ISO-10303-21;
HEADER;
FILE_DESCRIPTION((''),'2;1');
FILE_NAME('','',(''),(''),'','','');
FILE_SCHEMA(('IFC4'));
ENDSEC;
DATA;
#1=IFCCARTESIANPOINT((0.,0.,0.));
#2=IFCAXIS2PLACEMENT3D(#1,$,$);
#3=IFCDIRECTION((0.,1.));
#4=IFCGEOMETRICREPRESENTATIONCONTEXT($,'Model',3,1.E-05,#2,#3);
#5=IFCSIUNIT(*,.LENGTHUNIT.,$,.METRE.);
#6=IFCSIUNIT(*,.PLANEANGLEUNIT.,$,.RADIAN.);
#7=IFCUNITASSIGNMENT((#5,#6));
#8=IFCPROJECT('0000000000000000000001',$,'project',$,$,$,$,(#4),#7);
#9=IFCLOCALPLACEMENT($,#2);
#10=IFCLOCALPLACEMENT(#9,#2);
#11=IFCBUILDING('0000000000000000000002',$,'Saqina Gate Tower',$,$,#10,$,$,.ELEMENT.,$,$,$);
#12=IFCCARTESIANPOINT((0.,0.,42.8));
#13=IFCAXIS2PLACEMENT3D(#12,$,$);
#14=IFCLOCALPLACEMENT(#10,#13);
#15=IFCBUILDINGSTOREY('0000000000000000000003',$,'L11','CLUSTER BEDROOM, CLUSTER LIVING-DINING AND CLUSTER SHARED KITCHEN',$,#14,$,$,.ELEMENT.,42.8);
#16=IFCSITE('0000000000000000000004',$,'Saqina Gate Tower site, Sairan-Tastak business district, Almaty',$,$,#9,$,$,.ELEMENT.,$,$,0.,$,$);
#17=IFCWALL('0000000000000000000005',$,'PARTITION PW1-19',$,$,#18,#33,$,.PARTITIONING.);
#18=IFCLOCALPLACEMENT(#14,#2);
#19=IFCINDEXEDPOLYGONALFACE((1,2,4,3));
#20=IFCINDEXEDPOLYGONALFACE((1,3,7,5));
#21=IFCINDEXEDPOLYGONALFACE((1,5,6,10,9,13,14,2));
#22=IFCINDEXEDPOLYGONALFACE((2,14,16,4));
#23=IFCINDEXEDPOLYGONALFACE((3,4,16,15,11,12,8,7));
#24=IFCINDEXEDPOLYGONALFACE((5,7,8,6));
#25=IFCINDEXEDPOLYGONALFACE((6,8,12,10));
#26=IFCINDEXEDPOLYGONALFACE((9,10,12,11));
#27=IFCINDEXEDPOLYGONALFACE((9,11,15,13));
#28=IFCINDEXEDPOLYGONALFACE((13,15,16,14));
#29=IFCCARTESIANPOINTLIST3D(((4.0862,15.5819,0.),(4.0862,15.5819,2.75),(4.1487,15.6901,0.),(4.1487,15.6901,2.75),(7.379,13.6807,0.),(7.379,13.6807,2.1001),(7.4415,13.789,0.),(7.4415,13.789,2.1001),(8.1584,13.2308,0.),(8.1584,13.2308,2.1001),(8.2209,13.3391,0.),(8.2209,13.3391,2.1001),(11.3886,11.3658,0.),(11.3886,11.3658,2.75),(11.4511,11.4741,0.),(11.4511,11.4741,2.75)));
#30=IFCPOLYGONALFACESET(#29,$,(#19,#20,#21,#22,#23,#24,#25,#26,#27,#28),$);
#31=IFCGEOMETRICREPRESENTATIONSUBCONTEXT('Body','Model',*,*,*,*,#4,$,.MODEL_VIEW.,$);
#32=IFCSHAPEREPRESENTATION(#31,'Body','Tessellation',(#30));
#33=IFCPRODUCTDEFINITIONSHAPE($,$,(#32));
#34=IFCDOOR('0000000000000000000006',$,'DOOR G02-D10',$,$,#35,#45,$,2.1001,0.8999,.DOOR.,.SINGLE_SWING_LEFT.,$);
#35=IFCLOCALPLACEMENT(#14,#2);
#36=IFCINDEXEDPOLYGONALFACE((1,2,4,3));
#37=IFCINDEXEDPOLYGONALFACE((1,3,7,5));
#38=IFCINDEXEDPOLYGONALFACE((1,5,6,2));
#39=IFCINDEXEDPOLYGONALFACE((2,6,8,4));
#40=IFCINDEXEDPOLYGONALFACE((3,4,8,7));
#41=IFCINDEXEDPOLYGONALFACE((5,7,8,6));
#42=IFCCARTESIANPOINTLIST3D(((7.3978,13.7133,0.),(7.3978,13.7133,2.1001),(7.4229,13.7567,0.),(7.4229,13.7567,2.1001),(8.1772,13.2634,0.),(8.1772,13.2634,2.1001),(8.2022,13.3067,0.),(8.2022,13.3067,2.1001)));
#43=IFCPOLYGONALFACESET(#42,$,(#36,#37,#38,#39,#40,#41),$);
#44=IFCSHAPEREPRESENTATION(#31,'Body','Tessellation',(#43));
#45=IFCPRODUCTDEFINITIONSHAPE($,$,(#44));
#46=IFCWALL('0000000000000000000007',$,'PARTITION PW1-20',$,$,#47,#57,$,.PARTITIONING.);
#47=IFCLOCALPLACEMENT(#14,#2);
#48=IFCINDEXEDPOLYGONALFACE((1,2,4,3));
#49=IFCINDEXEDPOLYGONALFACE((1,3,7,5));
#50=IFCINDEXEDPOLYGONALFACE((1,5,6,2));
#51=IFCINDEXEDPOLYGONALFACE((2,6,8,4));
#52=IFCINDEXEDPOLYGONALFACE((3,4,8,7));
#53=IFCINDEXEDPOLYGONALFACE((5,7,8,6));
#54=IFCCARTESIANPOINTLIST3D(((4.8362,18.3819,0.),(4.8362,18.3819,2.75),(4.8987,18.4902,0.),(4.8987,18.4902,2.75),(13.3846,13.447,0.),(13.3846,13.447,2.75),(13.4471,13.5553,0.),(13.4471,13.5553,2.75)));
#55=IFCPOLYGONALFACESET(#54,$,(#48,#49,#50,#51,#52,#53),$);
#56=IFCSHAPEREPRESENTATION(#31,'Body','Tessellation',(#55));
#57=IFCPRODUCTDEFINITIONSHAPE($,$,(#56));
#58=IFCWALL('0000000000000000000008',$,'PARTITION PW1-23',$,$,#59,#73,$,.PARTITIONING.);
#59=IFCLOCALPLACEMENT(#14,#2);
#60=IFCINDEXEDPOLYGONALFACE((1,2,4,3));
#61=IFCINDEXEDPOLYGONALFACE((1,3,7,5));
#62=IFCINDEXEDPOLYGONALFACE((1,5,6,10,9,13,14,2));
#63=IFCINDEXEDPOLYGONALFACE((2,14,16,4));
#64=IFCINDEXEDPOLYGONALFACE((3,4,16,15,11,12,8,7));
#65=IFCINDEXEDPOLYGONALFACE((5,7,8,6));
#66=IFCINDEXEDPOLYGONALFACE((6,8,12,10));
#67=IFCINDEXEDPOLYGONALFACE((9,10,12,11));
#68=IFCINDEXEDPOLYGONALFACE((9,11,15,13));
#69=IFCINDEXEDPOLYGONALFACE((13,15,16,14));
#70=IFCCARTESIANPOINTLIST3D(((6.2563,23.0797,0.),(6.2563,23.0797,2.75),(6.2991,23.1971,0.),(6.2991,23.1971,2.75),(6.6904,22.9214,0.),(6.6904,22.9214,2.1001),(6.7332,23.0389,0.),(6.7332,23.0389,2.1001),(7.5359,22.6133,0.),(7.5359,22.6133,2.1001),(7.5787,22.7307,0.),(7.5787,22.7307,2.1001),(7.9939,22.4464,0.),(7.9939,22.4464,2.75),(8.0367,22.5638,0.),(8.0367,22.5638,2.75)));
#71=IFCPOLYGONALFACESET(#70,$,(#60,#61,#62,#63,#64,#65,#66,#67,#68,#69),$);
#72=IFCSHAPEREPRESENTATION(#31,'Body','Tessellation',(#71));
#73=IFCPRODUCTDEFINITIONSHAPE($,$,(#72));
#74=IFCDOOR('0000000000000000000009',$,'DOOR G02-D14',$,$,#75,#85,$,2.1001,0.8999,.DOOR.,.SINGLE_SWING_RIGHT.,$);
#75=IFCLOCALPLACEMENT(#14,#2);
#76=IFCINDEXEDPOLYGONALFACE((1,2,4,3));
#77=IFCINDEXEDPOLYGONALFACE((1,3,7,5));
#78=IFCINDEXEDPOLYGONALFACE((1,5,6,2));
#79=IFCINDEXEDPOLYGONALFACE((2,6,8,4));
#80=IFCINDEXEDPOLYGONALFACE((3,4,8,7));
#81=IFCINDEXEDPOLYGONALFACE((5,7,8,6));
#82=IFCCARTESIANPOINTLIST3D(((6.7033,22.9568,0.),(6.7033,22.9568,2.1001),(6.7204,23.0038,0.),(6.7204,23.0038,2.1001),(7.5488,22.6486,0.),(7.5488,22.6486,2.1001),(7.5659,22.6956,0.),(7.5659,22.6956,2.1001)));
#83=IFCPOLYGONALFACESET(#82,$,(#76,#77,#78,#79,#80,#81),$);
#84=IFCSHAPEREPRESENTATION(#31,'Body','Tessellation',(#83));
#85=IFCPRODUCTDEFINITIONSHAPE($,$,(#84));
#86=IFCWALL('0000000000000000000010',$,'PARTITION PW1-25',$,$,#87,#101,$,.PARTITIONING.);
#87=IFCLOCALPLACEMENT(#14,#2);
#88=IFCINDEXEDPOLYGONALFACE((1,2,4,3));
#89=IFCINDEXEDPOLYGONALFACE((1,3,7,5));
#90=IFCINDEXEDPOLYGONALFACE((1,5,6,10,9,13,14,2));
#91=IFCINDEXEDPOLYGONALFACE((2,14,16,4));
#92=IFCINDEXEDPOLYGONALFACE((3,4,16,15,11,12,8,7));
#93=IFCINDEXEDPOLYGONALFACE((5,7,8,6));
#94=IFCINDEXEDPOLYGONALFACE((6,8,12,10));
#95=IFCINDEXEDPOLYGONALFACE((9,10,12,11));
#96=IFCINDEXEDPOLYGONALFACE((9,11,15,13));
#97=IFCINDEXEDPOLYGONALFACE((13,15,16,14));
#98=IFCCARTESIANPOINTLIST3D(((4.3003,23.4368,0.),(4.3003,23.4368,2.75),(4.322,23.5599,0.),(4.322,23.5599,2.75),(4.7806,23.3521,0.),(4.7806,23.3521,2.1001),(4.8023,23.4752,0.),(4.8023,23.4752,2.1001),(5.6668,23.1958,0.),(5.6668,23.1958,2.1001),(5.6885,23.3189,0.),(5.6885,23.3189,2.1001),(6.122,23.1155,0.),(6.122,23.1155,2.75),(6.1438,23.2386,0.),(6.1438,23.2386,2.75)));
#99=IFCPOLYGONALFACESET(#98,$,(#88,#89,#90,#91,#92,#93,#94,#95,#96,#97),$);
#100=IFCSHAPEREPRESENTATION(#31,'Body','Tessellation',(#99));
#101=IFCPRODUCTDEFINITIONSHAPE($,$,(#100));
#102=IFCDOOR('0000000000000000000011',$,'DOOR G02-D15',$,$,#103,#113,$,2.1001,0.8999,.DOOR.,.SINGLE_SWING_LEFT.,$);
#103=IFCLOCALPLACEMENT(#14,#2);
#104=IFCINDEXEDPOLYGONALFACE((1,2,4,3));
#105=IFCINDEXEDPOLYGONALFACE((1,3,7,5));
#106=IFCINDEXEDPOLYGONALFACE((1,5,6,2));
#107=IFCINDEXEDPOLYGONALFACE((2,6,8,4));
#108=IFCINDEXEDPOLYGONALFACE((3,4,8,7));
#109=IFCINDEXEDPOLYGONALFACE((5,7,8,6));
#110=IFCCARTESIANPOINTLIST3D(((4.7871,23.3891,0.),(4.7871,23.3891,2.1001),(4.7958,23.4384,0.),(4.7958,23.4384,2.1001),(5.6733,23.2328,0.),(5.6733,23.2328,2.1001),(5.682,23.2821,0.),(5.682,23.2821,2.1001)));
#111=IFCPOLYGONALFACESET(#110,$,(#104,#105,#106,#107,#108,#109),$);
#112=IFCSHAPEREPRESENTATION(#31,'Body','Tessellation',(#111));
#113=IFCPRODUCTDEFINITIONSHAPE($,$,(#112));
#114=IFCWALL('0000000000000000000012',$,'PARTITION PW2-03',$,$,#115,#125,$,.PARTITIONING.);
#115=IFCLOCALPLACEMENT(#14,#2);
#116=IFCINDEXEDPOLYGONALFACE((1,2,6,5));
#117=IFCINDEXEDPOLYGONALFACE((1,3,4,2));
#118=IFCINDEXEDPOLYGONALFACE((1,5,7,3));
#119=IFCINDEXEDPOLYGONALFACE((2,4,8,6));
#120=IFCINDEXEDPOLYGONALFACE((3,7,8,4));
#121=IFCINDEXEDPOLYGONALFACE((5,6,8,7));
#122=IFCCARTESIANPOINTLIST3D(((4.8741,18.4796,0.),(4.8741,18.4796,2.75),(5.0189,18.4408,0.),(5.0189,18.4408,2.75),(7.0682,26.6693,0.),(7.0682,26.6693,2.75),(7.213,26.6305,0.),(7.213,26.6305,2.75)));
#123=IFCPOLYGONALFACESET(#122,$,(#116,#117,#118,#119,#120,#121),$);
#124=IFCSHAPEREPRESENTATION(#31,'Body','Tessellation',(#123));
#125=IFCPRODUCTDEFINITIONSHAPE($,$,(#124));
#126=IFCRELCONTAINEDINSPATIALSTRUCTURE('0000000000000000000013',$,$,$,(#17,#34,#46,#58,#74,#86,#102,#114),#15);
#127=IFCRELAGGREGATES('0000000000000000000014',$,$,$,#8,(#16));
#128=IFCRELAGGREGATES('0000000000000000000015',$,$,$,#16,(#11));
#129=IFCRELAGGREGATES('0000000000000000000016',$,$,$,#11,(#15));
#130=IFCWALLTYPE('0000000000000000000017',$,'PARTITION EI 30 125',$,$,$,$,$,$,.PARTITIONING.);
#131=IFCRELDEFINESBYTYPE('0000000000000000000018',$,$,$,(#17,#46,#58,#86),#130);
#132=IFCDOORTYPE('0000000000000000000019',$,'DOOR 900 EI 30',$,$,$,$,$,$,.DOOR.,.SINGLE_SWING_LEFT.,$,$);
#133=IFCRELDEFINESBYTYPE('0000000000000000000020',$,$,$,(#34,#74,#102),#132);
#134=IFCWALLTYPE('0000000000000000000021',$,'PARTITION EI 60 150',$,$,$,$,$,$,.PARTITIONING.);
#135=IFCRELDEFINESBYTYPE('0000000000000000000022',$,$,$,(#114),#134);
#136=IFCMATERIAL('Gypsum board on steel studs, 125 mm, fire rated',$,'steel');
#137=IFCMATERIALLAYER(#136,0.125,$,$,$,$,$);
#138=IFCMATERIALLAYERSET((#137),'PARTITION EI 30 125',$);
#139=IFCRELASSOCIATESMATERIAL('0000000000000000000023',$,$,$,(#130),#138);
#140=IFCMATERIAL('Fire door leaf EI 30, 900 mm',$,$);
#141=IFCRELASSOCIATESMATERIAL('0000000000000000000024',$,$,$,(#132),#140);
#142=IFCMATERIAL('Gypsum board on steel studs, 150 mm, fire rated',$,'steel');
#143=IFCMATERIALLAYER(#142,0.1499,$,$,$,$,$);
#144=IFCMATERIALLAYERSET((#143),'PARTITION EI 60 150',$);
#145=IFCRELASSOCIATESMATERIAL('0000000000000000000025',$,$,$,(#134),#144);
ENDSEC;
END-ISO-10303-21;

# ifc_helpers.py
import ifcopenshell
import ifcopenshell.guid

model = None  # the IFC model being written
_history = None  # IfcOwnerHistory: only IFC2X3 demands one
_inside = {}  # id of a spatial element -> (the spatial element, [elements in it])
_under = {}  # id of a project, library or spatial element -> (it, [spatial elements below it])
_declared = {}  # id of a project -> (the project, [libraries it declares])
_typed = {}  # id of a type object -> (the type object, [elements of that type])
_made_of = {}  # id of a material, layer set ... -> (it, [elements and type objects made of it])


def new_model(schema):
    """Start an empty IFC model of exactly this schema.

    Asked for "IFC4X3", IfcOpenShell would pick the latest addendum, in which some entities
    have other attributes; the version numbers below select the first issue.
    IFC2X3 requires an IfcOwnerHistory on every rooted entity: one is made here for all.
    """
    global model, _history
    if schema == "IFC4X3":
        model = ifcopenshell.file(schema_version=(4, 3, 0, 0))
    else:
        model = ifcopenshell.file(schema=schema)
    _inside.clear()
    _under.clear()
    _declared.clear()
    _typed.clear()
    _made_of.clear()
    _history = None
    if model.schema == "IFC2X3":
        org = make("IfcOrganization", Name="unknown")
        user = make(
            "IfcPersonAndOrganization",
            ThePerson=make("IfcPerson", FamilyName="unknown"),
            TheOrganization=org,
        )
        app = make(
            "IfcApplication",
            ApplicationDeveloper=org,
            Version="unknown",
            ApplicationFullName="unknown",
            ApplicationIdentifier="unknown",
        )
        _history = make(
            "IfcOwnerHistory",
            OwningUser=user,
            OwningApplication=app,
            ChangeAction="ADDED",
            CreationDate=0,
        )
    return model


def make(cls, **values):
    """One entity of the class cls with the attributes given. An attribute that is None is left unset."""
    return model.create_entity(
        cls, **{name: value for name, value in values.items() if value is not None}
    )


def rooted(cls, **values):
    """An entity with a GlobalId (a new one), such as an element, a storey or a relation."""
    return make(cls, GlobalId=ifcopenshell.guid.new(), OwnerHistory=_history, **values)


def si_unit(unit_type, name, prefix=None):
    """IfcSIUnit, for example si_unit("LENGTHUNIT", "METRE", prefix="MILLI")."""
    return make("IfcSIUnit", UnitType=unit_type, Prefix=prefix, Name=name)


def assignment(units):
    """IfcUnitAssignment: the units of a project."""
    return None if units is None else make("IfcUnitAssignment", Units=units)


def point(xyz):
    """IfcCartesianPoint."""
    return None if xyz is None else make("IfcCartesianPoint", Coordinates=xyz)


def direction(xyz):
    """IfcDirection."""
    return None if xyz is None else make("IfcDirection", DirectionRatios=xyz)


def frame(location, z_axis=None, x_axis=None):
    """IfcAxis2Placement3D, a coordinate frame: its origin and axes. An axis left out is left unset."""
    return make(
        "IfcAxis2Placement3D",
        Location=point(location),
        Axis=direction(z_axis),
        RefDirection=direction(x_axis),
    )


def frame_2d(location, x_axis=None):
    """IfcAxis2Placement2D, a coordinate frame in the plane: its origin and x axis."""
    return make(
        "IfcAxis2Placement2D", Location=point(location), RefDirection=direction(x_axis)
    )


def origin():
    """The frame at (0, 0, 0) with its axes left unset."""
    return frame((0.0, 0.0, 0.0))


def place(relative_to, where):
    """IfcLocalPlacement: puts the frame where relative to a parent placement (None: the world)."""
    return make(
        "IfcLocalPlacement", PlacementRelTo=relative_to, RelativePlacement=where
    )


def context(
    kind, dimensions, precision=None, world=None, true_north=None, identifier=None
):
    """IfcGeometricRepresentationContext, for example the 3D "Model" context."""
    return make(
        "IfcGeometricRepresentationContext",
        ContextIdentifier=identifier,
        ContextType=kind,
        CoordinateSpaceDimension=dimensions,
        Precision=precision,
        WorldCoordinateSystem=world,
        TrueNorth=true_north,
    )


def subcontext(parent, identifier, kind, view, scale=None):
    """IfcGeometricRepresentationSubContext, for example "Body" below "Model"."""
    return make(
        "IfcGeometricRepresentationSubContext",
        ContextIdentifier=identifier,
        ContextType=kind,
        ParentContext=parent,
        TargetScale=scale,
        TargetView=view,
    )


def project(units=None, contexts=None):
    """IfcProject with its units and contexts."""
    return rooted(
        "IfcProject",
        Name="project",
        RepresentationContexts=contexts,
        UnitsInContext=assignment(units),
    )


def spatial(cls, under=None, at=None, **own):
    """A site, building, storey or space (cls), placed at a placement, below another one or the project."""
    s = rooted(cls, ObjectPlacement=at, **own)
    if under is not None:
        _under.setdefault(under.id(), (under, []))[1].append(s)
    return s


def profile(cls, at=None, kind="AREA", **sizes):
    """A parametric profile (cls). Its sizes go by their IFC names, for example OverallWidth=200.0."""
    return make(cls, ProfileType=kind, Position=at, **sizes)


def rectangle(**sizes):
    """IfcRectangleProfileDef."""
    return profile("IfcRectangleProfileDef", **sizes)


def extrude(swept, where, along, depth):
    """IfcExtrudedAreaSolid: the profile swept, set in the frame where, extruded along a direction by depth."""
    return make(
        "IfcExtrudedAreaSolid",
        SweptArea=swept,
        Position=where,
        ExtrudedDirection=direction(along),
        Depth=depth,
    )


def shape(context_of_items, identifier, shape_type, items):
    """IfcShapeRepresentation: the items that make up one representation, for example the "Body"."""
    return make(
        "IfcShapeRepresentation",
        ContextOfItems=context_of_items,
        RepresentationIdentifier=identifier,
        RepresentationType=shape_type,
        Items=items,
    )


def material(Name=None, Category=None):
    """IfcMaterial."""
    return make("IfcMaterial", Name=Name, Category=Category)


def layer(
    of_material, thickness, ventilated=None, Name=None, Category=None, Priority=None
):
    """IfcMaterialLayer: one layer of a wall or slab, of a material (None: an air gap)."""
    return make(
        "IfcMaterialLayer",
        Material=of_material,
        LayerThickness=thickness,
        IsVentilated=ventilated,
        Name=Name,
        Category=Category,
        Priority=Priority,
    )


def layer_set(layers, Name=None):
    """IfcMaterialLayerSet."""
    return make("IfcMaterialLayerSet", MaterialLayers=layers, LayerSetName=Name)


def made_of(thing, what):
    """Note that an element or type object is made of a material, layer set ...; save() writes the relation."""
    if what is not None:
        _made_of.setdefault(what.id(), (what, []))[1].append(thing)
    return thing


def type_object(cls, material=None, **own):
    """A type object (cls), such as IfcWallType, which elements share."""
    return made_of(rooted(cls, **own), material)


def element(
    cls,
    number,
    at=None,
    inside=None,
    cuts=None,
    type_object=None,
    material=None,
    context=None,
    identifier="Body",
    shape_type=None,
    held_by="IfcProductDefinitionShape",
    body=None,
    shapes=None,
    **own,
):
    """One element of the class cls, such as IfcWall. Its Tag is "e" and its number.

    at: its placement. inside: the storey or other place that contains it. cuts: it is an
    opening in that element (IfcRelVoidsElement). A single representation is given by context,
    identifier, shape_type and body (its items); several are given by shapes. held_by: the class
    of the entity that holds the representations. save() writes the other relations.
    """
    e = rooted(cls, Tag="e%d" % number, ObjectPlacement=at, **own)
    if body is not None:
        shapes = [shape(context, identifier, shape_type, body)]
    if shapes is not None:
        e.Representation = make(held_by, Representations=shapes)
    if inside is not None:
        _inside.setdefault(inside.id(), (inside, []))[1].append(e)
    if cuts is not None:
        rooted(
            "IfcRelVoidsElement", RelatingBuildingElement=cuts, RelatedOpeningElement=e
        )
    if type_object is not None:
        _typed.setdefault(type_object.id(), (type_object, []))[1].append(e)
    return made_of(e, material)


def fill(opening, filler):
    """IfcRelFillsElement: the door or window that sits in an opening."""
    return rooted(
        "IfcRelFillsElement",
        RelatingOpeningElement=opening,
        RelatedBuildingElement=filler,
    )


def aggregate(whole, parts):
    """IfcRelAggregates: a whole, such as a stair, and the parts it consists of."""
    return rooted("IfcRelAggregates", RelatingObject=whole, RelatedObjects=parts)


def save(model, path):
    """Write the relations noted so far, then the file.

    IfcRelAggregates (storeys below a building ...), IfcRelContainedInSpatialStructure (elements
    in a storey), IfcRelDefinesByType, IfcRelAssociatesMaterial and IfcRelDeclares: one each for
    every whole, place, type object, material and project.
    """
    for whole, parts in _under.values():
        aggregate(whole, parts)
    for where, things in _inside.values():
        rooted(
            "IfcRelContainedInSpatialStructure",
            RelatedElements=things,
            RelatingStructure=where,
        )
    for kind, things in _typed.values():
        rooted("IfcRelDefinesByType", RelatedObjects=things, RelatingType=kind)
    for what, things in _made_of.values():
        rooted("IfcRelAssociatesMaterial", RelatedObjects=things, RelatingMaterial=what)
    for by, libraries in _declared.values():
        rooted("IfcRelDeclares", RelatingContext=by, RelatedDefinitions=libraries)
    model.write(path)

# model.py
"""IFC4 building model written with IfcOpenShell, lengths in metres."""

from ifc_helpers import new_model, si_unit, direction, frame, frame_2d, origin, place, context, subcontext, project, spatial, rectangle, extrude, material, layer, layer_set, type_object, element, fill, save


model = new_model("IFC4")

# Units and contexts
model_context = context("Model", 3, precision=1e-05, world=origin(), true_north=direction((0.0, 1.0)))
body_context = subcontext(model_context, "Body", "Model", "MODEL_VIEW")
ifc_project = project(units=[si_unit("LENGTHUNIT", "METRE"), si_unit("PLANEANGLEUNIT", "RADIAN")], contexts=[model_context])

# Site, building, storey
site_placement = place(None, origin())
site = spatial("IfcSite", under=ifc_project, at=site_placement, Name="Saqina Gate Tower site, Sairan-Tastak business district, Almaty", CompositionType="ELEMENT", RefElevation=0.0)
building_placement = place(site_placement, origin())
building = spatial("IfcBuilding", under=site, at=building_placement, Name="Saqina Gate Tower", CompositionType="ELEMENT")
storey_placement = place(building_placement, frame((0.0, 0.0, 42.8)))
storey = spatial("IfcBuildingStorey", under=building, at=storey_placement, Name="L11", Description="CLUSTER BEDROOM, CLUSTER LIVING-DINING AND CLUSTER SHARED KITCHEN", CompositionType="ELEMENT", Elevation=42.8)

# Wall, opening, door
ifc_material_1 = material(Name="Gypsum board on steel studs, 125 mm, fire rated", Category="steel")
ifc_layer_1 = layer(ifc_material_1, 0.125)
ifc_layer_set_1 = layer_set([ifc_layer_1], Name="PARTITION EI 30 125")
wall_type_1 = type_object("IfcWallType", Name="PARTITION EI 30 125", PredefinedType="PARTITIONING", material=ifc_layer_set_1)
wall_1_placement = place(storey_placement, frame((4.1174, 15.636, 0.0), z_axis=(0.0, 0.0, 1.0), x_axis=(0.866027, -0.499997, 0.0)))
wall_1 = element("IfcWall", 1, at=wall_1_placement, inside=storey, type_object=wall_type_1, Name="PARTITION PW1-19", PredefinedType="PARTITIONING", context=body_context, shape_type="SweptSolid", body=[
    extrude(rectangle(XDim=8.4321, YDim=0.125, at=frame_2d((4.2161, 0.0))), origin(), (0.0, 0.0, 1.0), 2.75),
])
opening_1_placement = place(wall_1_placement, frame((3.8022, 0.0, 0.0)))
opening_1 = element("IfcOpeningElement", 2, at=opening_1_placement, cuts=wall_1, PredefinedType="OPENING", context=body_context, shape_type="SweptSolid", body=[
    extrude(rectangle(XDim=0.8999, YDim=2.1001, at=frame_2d((0.45, 1.05))), frame((0.0, 0.0745, 0.0), z_axis=(0.0, -1.0, 0.0), x_axis=(1.0, 0.0, 0.0)), (0.0, 0.0, 1.0), 0.1489),
])
ifc_material_2 = material(Name="Fire door leaf EI 30, 900 mm")
door_type_1 = type_object("IfcDoorType", Name="DOOR 900 EI 30", OperationType="SINGLE_SWING_LEFT", PredefinedType="DOOR", material=ifc_material_2)
door_1_placement = place(opening_1_placement, frame((0.8999, 0.0, 0.0), z_axis=(0.0, 0.0, 1.0), x_axis=(-1.0, 0.0, 0.0)))
door_1 = element("IfcDoor", 3, at=door_1_placement, inside=storey, type_object=door_type_1, Name="DOOR G02-D10", OperationType="SINGLE_SWING_LEFT", OverallHeight=2.1001, OverallWidth=0.8999, PredefinedType="DOOR", context=body_context, shape_type="SweptSolid", body=[
    extrude(rectangle(XDim=0.8999, YDim=2.1001, at=frame_2d((0.45, 1.05))), frame((0.0, 0.0249, 0.0), z_axis=(0.0, -1.0, 0.0), x_axis=(1.0, 0.0, 0.0)), (0.0, 0.0, 1.0), 0.05),
])
fill(opening_1, door_1)

# Wall
wall_2_placement = place(storey_placement, frame((4.8674, 18.436, 0.0), z_axis=(0.0, 0.0, 1.0), x_axis=(0.86605, -0.499957, 0.0)))
element("IfcWall", 4, at=wall_2_placement, inside=storey, type_object=wall_type_1, Name="PARTITION PW1-20", PredefinedType="PARTITIONING", context=body_context, shape_type="SweptSolid", body=[
    extrude(rectangle(XDim=9.8706, YDim=0.125, at=frame_2d((4.9353, 0.0))), origin(), (0.0, 0.0, 1.0), 2.75),
])

# Walls, openings, doors
wall_3_placement = place(storey_placement, frame((6.2776, 23.1384, 0.0), z_axis=(0.0, 0.0, 1.0), x_axis=(0.939539, -0.342443, 0.0)))
wall_3 = element("IfcWall", 5, at=wall_3_placement, inside=storey, type_object=wall_type_1, Name="PARTITION PW1-23", PredefinedType="PARTITIONING", context=body_context, shape_type="SweptSolid", body=[
    extrude(rectangle(XDim=1.8494, YDim=0.125, at=frame_2d((0.9248, 0.0))), origin(), (0.0, 0.0, 1.0), 2.75),
])
opening_2_placement = place(wall_3_placement, frame((0.4622, 0.0, 0.0)))
opening_2 = element("IfcOpeningElement", 6, at=opening_2_placement, cuts=wall_3, PredefinedType="OPENING", context=body_context, shape_type="SweptSolid", body=[
    extrude(rectangle(XDim=0.8999, YDim=2.1001, at=frame_2d((0.45, 1.05))), frame((0.0, 0.0745, 0.0), z_axis=(0.0, -1.0, 0.0), x_axis=(1.0, 0.0, 0.0)), (0.0, 0.0, 1.0), 0.1489),
])
door_2_placement = place(opening_2_placement, frame((0.8999, 0.0, 0.0), z_axis=(0.0, 0.0, 1.0), x_axis=(-1.0, 0.0, 0.0)))
door_2 = element("IfcDoor", 7, at=door_2_placement, inside=storey, type_object=door_type_1, Name="DOOR G02-D14", OperationType="SINGLE_SWING_RIGHT", OverallHeight=2.1001, OverallWidth=0.8999, PredefinedType="DOOR", context=body_context, shape_type="SweptSolid", body=[
    extrude(rectangle(XDim=0.8999, YDim=2.1001, at=frame_2d((0.45, 1.05))), frame((0.0, 0.0249, 0.0), z_axis=(0.0, -1.0, 0.0), x_axis=(1.0, 0.0, 0.0)), (0.0, 0.0, 1.0), 0.05),
])
fill(opening_2, door_2)
wall_4_placement = place(storey_placement, frame((4.3113, 23.4983, 0.0), z_axis=(0.0, 0.0, 1.0), x_axis=(0.984802, -0.17368, 0.0)))
wall_4 = element("IfcWall", 8, at=wall_4_placement, inside=storey, type_object=wall_type_1, Name="PARTITION PW1-25", PredefinedType="PARTITIONING", context=body_context, shape_type="SweptSolid", body=[
    extrude(rectangle(XDim=1.8499, YDim=0.125, at=frame_2d((0.9248, 0.0))), origin(), (0.0, 0.0, 1.0), 2.75),
])
opening_3_placement = place(wall_4_placement, frame((0.4875, 0.0, 0.0)))
opening_3 = element("IfcOpeningElement", 9, at=opening_3_placement, cuts=wall_4, PredefinedType="OPENING", context=body_context, shape_type="SweptSolid", body=[
    extrude(rectangle(XDim=0.8999, YDim=2.1001, at=frame_2d((0.45, 1.05))), frame((0.0, 0.0745, 0.0), z_axis=(0.0, -1.0, 0.0), x_axis=(1.0, 0.0, 0.0)), (0.0, 0.0, 1.0), 0.1489),
])
door_3_placement = place(opening_3_placement, frame((0.8999, 0.0, 0.0), z_axis=(0.0, 0.0, 1.0), x_axis=(-1.0, 0.0, 0.0)))
door_3 = element("IfcDoor", 10, at=door_3_placement, inside=storey, type_object=door_type_1, Name="DOOR G02-D15", OperationType="SINGLE_SWING_LEFT", OverallHeight=2.1001, OverallWidth=0.8999, PredefinedType="DOOR", context=body_context, shape_type="SweptSolid", body=[
    extrude(rectangle(XDim=0.8999, YDim=2.1001, at=frame_2d((0.45, 1.05))), frame((0.0, 0.0249, 0.0), z_axis=(0.0, -1.0, 0.0), x_axis=(1.0, 0.0, 0.0)), (0.0, 0.0, 1.0), 0.05),
])
fill(opening_3, door_3)

# Wall
ifc_material_3 = material(Name="Gypsum board on steel studs, 150 mm, fire rated", Category="steel")
ifc_layer_2 = layer(ifc_material_3, 0.1499)
ifc_layer_set_2 = layer_set([ifc_layer_2], Name="PARTITION EI 60 150")
wall_type_2 = type_object("IfcWallType", Name="PARTITION EI 60 150", PredefinedType="PARTITIONING", material=ifc_layer_set_2)
wall_5_placement = place(storey_placement, frame((4.9465, 18.4602, 0.0), z_axis=(0.0, 0.0, 1.0), x_axis=(0.258783, 0.965936, 0.0)))
element("IfcWall", 11, at=wall_5_placement, inside=storey, type_object=wall_type_2, Name="PARTITION PW2-03", PredefinedType="PARTITIONING", context=body_context, shape_type="SweptSolid", body=[
    extrude(rectangle(XDim=8.4785, YDim=0.1499, at=frame_2d((4.2393, 0.0))), origin(), (0.0, 0.0, 1.0), 2.75),
])

save(model, "model.ifc")
